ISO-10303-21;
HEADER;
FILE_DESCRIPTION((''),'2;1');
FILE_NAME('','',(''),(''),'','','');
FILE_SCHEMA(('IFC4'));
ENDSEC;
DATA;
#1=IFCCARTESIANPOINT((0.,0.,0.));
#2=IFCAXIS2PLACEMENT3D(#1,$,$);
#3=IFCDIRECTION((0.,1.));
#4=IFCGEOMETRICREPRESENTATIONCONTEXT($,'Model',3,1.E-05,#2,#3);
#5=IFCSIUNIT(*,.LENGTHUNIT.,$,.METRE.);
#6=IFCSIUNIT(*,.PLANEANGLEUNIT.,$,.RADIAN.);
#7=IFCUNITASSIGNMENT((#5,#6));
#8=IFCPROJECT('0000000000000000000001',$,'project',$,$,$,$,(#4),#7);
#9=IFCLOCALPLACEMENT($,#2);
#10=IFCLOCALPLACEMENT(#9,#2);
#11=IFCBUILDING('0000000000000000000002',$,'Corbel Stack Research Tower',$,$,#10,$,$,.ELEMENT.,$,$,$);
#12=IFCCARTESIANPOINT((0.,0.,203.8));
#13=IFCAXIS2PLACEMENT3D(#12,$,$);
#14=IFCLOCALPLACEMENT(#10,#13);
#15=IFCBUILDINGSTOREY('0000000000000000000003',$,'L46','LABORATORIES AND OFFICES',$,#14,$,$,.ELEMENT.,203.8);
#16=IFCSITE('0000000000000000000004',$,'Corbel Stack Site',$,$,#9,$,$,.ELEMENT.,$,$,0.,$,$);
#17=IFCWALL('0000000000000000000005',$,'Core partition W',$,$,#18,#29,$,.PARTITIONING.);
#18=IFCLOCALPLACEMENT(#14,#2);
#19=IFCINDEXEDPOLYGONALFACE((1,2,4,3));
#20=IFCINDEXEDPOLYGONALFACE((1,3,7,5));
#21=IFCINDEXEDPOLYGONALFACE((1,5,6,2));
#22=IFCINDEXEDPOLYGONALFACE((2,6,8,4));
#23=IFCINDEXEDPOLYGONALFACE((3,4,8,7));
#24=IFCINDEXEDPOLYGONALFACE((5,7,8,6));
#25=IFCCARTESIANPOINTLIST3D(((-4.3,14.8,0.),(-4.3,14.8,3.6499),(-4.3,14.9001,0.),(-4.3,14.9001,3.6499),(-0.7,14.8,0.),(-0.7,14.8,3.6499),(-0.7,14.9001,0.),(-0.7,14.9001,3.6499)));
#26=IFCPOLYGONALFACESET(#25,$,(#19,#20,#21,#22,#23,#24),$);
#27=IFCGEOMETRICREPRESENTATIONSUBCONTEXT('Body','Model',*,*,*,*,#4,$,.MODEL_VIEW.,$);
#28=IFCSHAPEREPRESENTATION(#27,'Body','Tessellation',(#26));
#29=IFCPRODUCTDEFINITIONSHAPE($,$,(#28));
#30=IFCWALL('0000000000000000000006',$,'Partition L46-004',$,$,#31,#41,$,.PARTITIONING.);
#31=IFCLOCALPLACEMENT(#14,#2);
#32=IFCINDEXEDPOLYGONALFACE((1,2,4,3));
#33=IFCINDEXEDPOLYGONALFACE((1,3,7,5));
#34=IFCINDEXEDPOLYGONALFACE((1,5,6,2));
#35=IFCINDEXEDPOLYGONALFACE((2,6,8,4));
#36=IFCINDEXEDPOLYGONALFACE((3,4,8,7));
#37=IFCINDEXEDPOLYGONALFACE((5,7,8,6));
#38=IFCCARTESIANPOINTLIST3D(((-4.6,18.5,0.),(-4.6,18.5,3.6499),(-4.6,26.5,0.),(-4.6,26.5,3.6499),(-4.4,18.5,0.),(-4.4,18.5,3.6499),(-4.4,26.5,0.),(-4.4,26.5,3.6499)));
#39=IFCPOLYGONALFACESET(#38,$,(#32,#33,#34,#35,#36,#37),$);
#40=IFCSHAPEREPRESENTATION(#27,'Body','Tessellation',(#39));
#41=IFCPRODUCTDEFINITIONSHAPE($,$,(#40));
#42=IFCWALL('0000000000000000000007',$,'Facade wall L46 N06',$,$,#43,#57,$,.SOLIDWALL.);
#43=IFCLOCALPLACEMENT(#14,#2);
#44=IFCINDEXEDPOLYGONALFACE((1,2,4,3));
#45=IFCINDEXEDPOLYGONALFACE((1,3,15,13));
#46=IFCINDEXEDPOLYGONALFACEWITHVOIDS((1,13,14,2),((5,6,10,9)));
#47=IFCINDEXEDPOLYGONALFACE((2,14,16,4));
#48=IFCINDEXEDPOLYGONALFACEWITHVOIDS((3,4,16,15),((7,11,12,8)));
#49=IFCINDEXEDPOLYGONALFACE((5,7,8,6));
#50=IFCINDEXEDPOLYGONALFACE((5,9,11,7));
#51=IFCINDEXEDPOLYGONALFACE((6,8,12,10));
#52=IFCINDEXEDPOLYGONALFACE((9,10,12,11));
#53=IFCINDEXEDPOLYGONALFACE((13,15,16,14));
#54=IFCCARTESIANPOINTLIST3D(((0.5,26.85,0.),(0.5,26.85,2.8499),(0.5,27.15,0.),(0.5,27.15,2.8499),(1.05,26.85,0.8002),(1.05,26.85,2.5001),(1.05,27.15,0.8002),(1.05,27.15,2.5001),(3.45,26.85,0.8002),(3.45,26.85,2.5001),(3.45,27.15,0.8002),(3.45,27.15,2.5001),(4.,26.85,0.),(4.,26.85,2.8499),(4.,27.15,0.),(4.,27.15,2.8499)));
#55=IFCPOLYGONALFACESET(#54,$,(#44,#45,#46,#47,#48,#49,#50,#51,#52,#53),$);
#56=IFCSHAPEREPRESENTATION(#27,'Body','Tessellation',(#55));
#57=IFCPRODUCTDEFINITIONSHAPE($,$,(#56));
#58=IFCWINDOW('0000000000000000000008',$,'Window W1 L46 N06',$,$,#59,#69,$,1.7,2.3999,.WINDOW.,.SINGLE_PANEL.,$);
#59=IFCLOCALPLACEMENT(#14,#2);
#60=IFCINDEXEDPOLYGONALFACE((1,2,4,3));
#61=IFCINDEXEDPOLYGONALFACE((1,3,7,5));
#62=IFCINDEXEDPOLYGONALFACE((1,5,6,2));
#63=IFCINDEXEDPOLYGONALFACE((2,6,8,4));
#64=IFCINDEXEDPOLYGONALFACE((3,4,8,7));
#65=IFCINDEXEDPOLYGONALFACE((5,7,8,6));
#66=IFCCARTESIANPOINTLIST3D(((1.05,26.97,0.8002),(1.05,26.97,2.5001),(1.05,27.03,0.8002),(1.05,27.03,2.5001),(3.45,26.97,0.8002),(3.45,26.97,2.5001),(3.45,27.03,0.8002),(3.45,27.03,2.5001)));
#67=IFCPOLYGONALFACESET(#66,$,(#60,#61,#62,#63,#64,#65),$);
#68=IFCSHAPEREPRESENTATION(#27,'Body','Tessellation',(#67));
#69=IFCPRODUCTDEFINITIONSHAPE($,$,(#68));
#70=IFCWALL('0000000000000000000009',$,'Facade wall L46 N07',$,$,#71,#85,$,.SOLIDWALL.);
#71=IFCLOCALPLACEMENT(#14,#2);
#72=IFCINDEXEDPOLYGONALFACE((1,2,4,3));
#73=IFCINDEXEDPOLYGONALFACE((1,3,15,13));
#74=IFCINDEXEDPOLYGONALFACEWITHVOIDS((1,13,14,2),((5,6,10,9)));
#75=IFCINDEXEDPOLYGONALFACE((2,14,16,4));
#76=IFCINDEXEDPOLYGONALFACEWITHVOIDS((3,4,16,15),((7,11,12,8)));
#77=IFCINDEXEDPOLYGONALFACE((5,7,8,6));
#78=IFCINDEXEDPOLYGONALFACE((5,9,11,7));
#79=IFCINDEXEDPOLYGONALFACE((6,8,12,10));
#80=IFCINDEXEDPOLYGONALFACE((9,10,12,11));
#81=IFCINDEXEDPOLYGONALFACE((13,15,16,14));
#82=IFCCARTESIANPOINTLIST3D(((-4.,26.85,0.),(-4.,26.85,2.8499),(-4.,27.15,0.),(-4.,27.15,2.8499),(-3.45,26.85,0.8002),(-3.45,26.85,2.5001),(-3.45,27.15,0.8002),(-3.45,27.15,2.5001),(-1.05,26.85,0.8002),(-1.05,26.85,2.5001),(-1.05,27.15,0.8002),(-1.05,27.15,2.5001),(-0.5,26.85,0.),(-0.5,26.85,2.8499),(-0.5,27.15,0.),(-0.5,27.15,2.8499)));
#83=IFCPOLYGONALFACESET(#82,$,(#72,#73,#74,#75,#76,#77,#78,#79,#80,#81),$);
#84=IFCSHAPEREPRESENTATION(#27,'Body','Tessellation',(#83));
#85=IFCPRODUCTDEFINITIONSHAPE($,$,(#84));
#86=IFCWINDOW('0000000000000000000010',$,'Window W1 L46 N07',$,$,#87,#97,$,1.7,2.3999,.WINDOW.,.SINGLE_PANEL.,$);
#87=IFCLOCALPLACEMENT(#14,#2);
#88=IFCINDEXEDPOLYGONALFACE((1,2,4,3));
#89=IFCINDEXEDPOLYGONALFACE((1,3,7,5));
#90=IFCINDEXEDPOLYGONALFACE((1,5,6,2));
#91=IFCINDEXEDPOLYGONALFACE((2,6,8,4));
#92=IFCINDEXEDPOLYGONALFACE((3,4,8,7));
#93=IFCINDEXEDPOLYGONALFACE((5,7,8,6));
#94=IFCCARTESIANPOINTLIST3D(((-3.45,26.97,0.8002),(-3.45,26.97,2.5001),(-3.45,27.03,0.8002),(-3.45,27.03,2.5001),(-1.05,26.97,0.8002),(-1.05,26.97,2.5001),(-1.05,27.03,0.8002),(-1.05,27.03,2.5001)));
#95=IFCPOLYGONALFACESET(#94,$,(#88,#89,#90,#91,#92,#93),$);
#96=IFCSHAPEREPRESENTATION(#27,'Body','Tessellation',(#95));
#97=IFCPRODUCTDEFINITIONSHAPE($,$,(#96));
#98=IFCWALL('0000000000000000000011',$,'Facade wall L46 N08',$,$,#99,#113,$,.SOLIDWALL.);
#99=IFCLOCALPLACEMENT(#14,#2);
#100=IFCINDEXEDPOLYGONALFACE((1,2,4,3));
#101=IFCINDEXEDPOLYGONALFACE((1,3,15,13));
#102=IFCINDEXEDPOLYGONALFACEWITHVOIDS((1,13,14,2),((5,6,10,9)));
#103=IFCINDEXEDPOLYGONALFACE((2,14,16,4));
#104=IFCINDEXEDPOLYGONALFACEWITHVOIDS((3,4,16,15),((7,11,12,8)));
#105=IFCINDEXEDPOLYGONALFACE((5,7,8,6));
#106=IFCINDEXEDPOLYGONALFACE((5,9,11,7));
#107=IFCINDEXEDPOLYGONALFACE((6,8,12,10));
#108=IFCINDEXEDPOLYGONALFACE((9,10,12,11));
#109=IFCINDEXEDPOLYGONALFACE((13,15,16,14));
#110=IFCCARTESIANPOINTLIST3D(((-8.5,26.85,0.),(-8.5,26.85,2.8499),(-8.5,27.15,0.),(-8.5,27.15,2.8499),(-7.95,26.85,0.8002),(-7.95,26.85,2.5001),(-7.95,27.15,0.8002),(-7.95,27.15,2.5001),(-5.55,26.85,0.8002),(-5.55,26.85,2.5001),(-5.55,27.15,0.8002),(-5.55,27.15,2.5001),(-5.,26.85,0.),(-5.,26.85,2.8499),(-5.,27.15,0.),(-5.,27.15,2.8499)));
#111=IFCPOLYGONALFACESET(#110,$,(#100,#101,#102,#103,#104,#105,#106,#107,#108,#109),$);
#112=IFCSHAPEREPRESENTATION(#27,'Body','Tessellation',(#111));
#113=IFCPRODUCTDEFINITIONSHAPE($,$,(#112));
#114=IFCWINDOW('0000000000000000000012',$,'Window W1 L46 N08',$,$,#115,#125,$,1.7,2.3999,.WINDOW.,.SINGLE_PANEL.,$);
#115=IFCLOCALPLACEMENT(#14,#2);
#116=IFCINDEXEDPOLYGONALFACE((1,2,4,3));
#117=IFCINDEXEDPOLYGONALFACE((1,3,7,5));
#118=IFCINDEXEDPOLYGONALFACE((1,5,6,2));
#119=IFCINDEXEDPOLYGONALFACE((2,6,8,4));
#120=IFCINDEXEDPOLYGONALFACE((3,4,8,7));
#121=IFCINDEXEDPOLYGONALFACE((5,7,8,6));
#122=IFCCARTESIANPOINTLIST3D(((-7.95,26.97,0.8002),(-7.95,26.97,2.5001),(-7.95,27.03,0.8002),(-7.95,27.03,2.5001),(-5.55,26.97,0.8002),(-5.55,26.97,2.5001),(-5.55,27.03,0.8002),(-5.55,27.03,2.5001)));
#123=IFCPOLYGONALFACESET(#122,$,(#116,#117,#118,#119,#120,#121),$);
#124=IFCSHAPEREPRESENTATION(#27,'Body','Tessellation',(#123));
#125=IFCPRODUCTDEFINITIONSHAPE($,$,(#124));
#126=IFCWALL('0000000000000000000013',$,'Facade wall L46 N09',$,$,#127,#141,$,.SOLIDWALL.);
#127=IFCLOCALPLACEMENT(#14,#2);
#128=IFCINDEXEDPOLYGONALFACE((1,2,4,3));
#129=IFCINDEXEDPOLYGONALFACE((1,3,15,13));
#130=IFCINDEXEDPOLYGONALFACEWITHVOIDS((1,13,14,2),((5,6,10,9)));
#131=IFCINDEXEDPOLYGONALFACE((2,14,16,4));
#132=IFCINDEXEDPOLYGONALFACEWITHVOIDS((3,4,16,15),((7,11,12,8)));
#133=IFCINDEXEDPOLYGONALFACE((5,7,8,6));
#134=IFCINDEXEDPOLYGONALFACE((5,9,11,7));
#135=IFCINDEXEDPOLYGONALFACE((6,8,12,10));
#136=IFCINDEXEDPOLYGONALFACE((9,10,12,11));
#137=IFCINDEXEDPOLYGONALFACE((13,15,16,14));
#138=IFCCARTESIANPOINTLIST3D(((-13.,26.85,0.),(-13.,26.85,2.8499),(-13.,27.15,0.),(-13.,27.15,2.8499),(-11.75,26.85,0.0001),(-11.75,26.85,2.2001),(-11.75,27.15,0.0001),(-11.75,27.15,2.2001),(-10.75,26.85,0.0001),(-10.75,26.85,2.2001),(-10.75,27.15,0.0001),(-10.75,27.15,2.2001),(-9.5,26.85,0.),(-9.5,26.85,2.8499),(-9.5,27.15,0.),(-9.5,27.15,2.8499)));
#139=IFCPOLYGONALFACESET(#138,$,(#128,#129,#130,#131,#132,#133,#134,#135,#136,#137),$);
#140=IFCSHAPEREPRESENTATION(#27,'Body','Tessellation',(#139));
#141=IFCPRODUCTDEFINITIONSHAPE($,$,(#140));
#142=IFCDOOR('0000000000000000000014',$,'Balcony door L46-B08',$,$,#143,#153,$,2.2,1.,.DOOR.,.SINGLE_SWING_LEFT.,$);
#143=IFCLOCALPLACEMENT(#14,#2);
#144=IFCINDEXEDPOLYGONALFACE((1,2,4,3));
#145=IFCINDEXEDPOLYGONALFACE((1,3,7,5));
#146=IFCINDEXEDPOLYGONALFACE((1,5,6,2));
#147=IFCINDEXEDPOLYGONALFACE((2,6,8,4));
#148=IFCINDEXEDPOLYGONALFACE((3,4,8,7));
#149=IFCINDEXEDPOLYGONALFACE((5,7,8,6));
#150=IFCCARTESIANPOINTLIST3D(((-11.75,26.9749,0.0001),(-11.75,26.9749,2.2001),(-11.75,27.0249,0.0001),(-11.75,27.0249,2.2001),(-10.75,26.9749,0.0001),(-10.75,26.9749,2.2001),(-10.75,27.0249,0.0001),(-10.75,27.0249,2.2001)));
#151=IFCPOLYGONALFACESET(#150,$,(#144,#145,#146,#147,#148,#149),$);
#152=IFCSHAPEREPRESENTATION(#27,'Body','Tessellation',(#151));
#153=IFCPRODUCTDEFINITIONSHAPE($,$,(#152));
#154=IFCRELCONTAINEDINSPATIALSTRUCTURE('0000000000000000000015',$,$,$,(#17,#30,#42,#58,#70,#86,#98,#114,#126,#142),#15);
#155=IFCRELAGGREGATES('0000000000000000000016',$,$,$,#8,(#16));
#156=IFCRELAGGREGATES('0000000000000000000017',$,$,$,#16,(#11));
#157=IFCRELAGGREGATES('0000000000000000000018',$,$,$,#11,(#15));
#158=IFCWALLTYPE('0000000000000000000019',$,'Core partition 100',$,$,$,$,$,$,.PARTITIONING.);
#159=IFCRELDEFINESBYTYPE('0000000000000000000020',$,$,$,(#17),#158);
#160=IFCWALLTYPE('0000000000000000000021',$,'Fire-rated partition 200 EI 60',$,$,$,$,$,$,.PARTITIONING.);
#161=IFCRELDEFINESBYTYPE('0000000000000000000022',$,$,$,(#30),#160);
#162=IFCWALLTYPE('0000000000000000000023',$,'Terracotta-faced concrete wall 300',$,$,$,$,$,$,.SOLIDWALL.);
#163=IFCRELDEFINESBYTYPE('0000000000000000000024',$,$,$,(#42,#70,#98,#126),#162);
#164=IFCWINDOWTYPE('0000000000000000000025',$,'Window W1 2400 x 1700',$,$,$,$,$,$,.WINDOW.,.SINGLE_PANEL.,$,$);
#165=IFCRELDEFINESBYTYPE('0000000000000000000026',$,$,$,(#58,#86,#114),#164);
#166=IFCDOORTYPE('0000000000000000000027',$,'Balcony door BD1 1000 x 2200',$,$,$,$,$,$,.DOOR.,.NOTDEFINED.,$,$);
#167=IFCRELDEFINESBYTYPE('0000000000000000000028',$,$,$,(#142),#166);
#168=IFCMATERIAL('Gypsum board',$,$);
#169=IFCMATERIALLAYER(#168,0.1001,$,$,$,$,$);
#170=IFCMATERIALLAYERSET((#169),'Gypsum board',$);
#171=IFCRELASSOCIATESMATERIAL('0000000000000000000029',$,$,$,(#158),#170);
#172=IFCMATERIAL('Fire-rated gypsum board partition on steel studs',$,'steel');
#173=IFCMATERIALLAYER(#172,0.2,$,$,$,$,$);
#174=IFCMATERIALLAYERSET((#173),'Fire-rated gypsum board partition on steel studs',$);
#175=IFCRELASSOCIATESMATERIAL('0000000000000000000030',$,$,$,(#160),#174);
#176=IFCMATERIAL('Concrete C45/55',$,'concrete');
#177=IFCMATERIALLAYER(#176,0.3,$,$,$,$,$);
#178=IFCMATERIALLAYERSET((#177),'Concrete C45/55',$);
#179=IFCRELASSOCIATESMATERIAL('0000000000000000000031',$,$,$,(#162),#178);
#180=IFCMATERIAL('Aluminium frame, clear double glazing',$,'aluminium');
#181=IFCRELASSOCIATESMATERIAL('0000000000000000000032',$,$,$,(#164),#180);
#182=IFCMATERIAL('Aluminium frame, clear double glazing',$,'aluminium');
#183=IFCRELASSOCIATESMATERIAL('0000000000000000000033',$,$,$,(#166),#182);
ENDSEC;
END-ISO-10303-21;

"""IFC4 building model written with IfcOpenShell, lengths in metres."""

from ifc_helpers import new_model, si_unit, direction, frame, frame_2d, origin, place, context, subcontext, project, spatial, rectangle, extrude, material, layer, layer_set, type_object, element, fill, save


model = new_model("IFC4")

# Units and contexts
model_context = context("Model", 3, precision=1e-05, world=origin(), true_north=direction((0.0, 1.0)))
body_context = subcontext(model_context, "Body", "Model", "MODEL_VIEW")
ifc_project = project(units=[si_unit("LENGTHUNIT", "METRE"), si_unit("PLANEANGLEUNIT", "RADIAN")], contexts=[model_context])

# Site, building, storey
site_placement = place(None, origin())
site = spatial("IfcSite", under=ifc_project, at=site_placement, Name="Corbel Stack Site", CompositionType="ELEMENT", RefElevation=0.0)
building_placement = place(site_placement, origin())
building = spatial("IfcBuilding", under=site, at=building_placement, Name="Corbel Stack Research Tower", CompositionType="ELEMENT")
storey_placement = place(building_placement, frame((0.0, 0.0, 203.8)))
storey = spatial("IfcBuildingStorey", under=building, at=storey_placement, Name="L46", Description="LABORATORIES AND OFFICES", CompositionType="ELEMENT", Elevation=203.8)

# Shared definitions
ifc_material_1 = material(Name="Gypsum board")
ifc_layer_1 = layer(ifc_material_1, 0.1001)
ifc_layer_set_1 = layer_set([ifc_layer_1], Name="Gypsum board")
wall_type_1 = type_object("IfcWallType", Name="Core partition 100", PredefinedType="PARTITIONING", material=ifc_layer_set_1)

# Walls
wall_1_placement = place(storey_placement, frame((-4.3, 14.8501, 0.0), z_axis=(0.0, 0.0, 1.0), x_axis=(1.0, 0.0, 0.0)))
element("IfcWall", 1, at=wall_1_placement, inside=storey, type_object=wall_type_1, Name="Core partition W", PredefinedType="PARTITIONING", context=body_context, shape_type="SweptSolid", body=[
    extrude(rectangle(XDim=3.6001, YDim=0.1001, at=frame_2d((1.8, 0.0))), origin(), (0.0, 0.0, 1.0), 3.6499),
])
ifc_material_2 = material(Name="Fire-rated gypsum board partition on steel studs", Category="steel")
ifc_layer_2 = layer(ifc_material_2, 0.2)
ifc_layer_set_2 = layer_set([ifc_layer_2], Name="Fire-rated gypsum board partition on steel studs")
wall_type_2 = type_object("IfcWallType", Name="Fire-rated partition 200 EI 60", PredefinedType="PARTITIONING", material=ifc_layer_set_2)
wall_2_placement = place(storey_placement, frame((-4.5, 18.5, 0.0), z_axis=(0.0, 0.0, 1.0), x_axis=(0.0, 1.0, 0.0)))
element("IfcWall", 2, at=wall_2_placement, inside=storey, type_object=wall_type_2, Name="Partition L46-004", PredefinedType="PARTITIONING", context=body_context, shape_type="SweptSolid", body=[
    extrude(rectangle(XDim=8.0, YDim=0.2, at=frame_2d((4.0, 0.0))), origin(), (0.0, 0.0, 1.0), 3.6499),
])

# Walls, openings, windows
ifc_material_3 = material(Name="Concrete C45/55", Category="concrete")
ifc_layer_3 = layer(ifc_material_3, 0.3)
ifc_layer_set_3 = layer_set([ifc_layer_3], Name="Concrete C45/55")
wall_type_3 = type_object("IfcWallType", Name="Terracotta-faced concrete wall 300", PredefinedType="SOLIDWALL", material=ifc_layer_set_3)
wall_3_placement = place(storey_placement, frame((0.5, 27.0, 0.0), z_axis=(0.0, 0.0, 1.0), x_axis=(1.0, 0.0, 0.0)))
wall_3 = element("IfcWall", 3, at=wall_3_placement, inside=storey, type_object=wall_type_3, Name="Facade wall L46 N06", PredefinedType="SOLIDWALL", context=body_context, shape_type="SweptSolid", body=[
    extrude(rectangle(XDim=3.5, YDim=0.3, at=frame_2d((1.75, 0.0))), origin(), (0.0, 0.0, 1.0), 2.8499),
])
opening_1_placement = place(wall_3_placement, frame((0.55, 0.0, 0.8)))
opening_1 = element("IfcOpeningElement", 4, at=opening_1_placement, cuts=wall_3, PredefinedType="OPENING", context=body_context, shape_type="SweptSolid", body=[
    extrude(rectangle(XDim=2.3999, YDim=1.7, at=frame_2d((1.2, 0.8501))), frame((0.0, 0.1599, 0.0), z_axis=(0.0, -1.0, 0.0), x_axis=(1.0, 0.0, 0.0)), (0.0, 0.0, 1.0), 0.3201),
])
ifc_material_4 = material(Name="Aluminium frame, clear double glazing", Category="aluminium")
window_type = type_object("IfcWindowType", Name="Window W1 2400 x 1700", PartitioningType="SINGLE_PANEL", PredefinedType="WINDOW", material=ifc_material_4)
window_1_placement = place(opening_1_placement, origin())
window_1 = element("IfcWindow", 5, at=window_1_placement, inside=storey, type_object=window_type, Name="Window W1 L46 N06", OverallHeight=1.7, OverallWidth=2.3999, PartitioningType="SINGLE_PANEL", PredefinedType="WINDOW", context=body_context, shape_type="SweptSolid", body=[
    extrude(rectangle(XDim=2.3999, YDim=1.7, at=frame_2d((1.2, 0.8501))), frame((0.0, 0.03, 0.0), z_axis=(0.0, -1.0, 0.0), x_axis=(1.0, 0.0, 0.0)), (0.0, 0.0, 1.0), 0.0601),
])
fill(opening_1, window_1)
wall_4_placement = place(storey_placement, frame((-4.0, 27.0, 0.0), z_axis=(0.0, 0.0, 1.0), x_axis=(1.0, 0.0, 0.0)))
wall_4 = element("IfcWall", 6, at=wall_4_placement, inside=storey, type_object=wall_type_3, Name="Facade wall L46 N07", PredefinedType="SOLIDWALL", context=body_context, shape_type="SweptSolid", body=[
    extrude(rectangle(XDim=3.5, YDim=0.3, at=frame_2d((1.75, 0.0))), origin(), (0.0, 0.0, 1.0), 2.8499),
])
opening_2_placement = place(wall_4_placement, frame((0.55, 0.0, 0.8)))
opening_2 = element("IfcOpeningElement", 7, at=opening_2_placement, cuts=wall_4, PredefinedType="OPENING", context=body_context, shape_type="SweptSolid", body=[
    extrude(rectangle(XDim=2.3999, YDim=1.7, at=frame_2d((1.2, 0.8501))), frame((0.0, 0.1599, 0.0), z_axis=(0.0, -1.0, 0.0), x_axis=(1.0, 0.0, 0.0)), (0.0, 0.0, 1.0), 0.3201),
])
window_2_placement = place(opening_2_placement, origin())
window_2 = element("IfcWindow", 8, at=window_2_placement, inside=storey, type_object=window_type, Name="Window W1 L46 N07", OverallHeight=1.7, OverallWidth=2.3999, PartitioningType="SINGLE_PANEL", PredefinedType="WINDOW", context=body_context, shape_type="SweptSolid", body=[
    extrude(rectangle(XDim=2.3999, YDim=1.7, at=frame_2d((1.2, 0.8501))), frame((0.0, 0.03, 0.0), z_axis=(0.0, -1.0, 0.0), x_axis=(1.0, 0.0, 0.0)), (0.0, 0.0, 1.0), 0.0601),
])
fill(opening_2, window_2)
wall_5_placement = place(storey_placement, frame((-8.5, 27.0, 0.0), z_axis=(0.0, 0.0, 1.0), x_axis=(1.0, 0.0, 0.0)))
wall_5 = element("IfcWall", 9, at=wall_5_placement, inside=storey, type_object=wall_type_3, Name="Facade wall L46 N08", PredefinedType="SOLIDWALL", context=body_context, shape_type="SweptSolid", body=[
    extrude(rectangle(XDim=3.5, YDim=0.3, at=frame_2d((1.75, 0.0))), origin(), (0.0, 0.0, 1.0), 2.8499),
])
opening_3_placement = place(wall_5_placement, frame((0.55, 0.0, 0.8)))
opening_3 = element("IfcOpeningElement", 10, at=opening_3_placement, cuts=wall_5, PredefinedType="OPENING", context=body_context, shape_type="SweptSolid", body=[
    extrude(rectangle(XDim=2.3999, YDim=1.7, at=frame_2d((1.2, 0.8501))), frame((0.0, 0.1599, 0.0), z_axis=(0.0, -1.0, 0.0), x_axis=(1.0, 0.0, 0.0)), (0.0, 0.0, 1.0), 0.3201),
])
window_3_placement = place(opening_3_placement, origin())
window_3 = element("IfcWindow", 11, at=window_3_placement, inside=storey, type_object=window_type, Name="Window W1 L46 N08", OverallHeight=1.7, OverallWidth=2.3999, PartitioningType="SINGLE_PANEL", PredefinedType="WINDOW", context=body_context, shape_type="SweptSolid", body=[
    extrude(rectangle(XDim=2.3999, YDim=1.7, at=frame_2d((1.2, 0.8501))), frame((0.0, 0.03, 0.0), z_axis=(0.0, -1.0, 0.0), x_axis=(1.0, 0.0, 0.0)), (0.0, 0.0, 1.0), 0.0601),
])
fill(opening_3, window_3)

# Wall, opening, door
wall_6_placement = place(storey_placement, frame((-13.0, 27.0, 0.0), z_axis=(0.0, 0.0, 1.0), x_axis=(1.0, 0.0, 0.0)))
wall_6 = element("IfcWall", 12, at=wall_6_placement, inside=storey, type_object=wall_type_3, Name="Facade wall L46 N09", PredefinedType="SOLIDWALL", context=body_context, shape_type="SweptSolid", body=[
    extrude(rectangle(XDim=3.5, YDim=0.3, at=frame_2d((1.75, 0.0))), origin(), (0.0, 0.0, 1.0), 2.8499),
])
opening_4_placement = place(wall_6_placement, frame((1.25, 0.0, 0.0)))
opening_4 = element("IfcOpeningElement", 13, at=opening_4_placement, cuts=wall_6, PredefinedType="OPENING", context=body_context, shape_type="SweptSolid", body=[
    extrude(rectangle(XDim=1.0, YDim=2.2, at=frame_2d((0.5, 1.1001))), frame((0.0, 0.1599, 0.0), z_axis=(0.0, -1.0, 0.0), x_axis=(1.0, 0.0, 0.0)), (0.0, 0.0, 1.0), 0.3201),
])
ifc_material_5 = material(Name="Aluminium frame, clear double glazing", Category="aluminium")
door_type_1 = type_object("IfcDoorType", Name="Balcony door BD1 1000 x 2200", OperationType="NOTDEFINED", PredefinedType="DOOR", material=ifc_material_5)
door_1_placement = place(opening_4_placement, origin())
door_1 = element("IfcDoor", 14, at=door_1_placement, inside=storey, type_object=door_type_1, Name="Balcony door L46-B08", OperationType="SINGLE_SWING_LEFT", OverallHeight=2.2, OverallWidth=1.0, PredefinedType="DOOR", context=body_context, shape_type="SweptSolid", body=[
    extrude(rectangle(XDim=1.0, YDim=2.2, at=frame_2d((0.5, 1.1001))), frame((0.0, 0.0249, 0.0), z_axis=(0.0, -1.0, 0.0), x_axis=(1.0, 0.0, 0.0)), (0.0, 0.0, 1.0), 0.05),
])
fill(opening_4, door_1)

save(model, "model.ifc")
